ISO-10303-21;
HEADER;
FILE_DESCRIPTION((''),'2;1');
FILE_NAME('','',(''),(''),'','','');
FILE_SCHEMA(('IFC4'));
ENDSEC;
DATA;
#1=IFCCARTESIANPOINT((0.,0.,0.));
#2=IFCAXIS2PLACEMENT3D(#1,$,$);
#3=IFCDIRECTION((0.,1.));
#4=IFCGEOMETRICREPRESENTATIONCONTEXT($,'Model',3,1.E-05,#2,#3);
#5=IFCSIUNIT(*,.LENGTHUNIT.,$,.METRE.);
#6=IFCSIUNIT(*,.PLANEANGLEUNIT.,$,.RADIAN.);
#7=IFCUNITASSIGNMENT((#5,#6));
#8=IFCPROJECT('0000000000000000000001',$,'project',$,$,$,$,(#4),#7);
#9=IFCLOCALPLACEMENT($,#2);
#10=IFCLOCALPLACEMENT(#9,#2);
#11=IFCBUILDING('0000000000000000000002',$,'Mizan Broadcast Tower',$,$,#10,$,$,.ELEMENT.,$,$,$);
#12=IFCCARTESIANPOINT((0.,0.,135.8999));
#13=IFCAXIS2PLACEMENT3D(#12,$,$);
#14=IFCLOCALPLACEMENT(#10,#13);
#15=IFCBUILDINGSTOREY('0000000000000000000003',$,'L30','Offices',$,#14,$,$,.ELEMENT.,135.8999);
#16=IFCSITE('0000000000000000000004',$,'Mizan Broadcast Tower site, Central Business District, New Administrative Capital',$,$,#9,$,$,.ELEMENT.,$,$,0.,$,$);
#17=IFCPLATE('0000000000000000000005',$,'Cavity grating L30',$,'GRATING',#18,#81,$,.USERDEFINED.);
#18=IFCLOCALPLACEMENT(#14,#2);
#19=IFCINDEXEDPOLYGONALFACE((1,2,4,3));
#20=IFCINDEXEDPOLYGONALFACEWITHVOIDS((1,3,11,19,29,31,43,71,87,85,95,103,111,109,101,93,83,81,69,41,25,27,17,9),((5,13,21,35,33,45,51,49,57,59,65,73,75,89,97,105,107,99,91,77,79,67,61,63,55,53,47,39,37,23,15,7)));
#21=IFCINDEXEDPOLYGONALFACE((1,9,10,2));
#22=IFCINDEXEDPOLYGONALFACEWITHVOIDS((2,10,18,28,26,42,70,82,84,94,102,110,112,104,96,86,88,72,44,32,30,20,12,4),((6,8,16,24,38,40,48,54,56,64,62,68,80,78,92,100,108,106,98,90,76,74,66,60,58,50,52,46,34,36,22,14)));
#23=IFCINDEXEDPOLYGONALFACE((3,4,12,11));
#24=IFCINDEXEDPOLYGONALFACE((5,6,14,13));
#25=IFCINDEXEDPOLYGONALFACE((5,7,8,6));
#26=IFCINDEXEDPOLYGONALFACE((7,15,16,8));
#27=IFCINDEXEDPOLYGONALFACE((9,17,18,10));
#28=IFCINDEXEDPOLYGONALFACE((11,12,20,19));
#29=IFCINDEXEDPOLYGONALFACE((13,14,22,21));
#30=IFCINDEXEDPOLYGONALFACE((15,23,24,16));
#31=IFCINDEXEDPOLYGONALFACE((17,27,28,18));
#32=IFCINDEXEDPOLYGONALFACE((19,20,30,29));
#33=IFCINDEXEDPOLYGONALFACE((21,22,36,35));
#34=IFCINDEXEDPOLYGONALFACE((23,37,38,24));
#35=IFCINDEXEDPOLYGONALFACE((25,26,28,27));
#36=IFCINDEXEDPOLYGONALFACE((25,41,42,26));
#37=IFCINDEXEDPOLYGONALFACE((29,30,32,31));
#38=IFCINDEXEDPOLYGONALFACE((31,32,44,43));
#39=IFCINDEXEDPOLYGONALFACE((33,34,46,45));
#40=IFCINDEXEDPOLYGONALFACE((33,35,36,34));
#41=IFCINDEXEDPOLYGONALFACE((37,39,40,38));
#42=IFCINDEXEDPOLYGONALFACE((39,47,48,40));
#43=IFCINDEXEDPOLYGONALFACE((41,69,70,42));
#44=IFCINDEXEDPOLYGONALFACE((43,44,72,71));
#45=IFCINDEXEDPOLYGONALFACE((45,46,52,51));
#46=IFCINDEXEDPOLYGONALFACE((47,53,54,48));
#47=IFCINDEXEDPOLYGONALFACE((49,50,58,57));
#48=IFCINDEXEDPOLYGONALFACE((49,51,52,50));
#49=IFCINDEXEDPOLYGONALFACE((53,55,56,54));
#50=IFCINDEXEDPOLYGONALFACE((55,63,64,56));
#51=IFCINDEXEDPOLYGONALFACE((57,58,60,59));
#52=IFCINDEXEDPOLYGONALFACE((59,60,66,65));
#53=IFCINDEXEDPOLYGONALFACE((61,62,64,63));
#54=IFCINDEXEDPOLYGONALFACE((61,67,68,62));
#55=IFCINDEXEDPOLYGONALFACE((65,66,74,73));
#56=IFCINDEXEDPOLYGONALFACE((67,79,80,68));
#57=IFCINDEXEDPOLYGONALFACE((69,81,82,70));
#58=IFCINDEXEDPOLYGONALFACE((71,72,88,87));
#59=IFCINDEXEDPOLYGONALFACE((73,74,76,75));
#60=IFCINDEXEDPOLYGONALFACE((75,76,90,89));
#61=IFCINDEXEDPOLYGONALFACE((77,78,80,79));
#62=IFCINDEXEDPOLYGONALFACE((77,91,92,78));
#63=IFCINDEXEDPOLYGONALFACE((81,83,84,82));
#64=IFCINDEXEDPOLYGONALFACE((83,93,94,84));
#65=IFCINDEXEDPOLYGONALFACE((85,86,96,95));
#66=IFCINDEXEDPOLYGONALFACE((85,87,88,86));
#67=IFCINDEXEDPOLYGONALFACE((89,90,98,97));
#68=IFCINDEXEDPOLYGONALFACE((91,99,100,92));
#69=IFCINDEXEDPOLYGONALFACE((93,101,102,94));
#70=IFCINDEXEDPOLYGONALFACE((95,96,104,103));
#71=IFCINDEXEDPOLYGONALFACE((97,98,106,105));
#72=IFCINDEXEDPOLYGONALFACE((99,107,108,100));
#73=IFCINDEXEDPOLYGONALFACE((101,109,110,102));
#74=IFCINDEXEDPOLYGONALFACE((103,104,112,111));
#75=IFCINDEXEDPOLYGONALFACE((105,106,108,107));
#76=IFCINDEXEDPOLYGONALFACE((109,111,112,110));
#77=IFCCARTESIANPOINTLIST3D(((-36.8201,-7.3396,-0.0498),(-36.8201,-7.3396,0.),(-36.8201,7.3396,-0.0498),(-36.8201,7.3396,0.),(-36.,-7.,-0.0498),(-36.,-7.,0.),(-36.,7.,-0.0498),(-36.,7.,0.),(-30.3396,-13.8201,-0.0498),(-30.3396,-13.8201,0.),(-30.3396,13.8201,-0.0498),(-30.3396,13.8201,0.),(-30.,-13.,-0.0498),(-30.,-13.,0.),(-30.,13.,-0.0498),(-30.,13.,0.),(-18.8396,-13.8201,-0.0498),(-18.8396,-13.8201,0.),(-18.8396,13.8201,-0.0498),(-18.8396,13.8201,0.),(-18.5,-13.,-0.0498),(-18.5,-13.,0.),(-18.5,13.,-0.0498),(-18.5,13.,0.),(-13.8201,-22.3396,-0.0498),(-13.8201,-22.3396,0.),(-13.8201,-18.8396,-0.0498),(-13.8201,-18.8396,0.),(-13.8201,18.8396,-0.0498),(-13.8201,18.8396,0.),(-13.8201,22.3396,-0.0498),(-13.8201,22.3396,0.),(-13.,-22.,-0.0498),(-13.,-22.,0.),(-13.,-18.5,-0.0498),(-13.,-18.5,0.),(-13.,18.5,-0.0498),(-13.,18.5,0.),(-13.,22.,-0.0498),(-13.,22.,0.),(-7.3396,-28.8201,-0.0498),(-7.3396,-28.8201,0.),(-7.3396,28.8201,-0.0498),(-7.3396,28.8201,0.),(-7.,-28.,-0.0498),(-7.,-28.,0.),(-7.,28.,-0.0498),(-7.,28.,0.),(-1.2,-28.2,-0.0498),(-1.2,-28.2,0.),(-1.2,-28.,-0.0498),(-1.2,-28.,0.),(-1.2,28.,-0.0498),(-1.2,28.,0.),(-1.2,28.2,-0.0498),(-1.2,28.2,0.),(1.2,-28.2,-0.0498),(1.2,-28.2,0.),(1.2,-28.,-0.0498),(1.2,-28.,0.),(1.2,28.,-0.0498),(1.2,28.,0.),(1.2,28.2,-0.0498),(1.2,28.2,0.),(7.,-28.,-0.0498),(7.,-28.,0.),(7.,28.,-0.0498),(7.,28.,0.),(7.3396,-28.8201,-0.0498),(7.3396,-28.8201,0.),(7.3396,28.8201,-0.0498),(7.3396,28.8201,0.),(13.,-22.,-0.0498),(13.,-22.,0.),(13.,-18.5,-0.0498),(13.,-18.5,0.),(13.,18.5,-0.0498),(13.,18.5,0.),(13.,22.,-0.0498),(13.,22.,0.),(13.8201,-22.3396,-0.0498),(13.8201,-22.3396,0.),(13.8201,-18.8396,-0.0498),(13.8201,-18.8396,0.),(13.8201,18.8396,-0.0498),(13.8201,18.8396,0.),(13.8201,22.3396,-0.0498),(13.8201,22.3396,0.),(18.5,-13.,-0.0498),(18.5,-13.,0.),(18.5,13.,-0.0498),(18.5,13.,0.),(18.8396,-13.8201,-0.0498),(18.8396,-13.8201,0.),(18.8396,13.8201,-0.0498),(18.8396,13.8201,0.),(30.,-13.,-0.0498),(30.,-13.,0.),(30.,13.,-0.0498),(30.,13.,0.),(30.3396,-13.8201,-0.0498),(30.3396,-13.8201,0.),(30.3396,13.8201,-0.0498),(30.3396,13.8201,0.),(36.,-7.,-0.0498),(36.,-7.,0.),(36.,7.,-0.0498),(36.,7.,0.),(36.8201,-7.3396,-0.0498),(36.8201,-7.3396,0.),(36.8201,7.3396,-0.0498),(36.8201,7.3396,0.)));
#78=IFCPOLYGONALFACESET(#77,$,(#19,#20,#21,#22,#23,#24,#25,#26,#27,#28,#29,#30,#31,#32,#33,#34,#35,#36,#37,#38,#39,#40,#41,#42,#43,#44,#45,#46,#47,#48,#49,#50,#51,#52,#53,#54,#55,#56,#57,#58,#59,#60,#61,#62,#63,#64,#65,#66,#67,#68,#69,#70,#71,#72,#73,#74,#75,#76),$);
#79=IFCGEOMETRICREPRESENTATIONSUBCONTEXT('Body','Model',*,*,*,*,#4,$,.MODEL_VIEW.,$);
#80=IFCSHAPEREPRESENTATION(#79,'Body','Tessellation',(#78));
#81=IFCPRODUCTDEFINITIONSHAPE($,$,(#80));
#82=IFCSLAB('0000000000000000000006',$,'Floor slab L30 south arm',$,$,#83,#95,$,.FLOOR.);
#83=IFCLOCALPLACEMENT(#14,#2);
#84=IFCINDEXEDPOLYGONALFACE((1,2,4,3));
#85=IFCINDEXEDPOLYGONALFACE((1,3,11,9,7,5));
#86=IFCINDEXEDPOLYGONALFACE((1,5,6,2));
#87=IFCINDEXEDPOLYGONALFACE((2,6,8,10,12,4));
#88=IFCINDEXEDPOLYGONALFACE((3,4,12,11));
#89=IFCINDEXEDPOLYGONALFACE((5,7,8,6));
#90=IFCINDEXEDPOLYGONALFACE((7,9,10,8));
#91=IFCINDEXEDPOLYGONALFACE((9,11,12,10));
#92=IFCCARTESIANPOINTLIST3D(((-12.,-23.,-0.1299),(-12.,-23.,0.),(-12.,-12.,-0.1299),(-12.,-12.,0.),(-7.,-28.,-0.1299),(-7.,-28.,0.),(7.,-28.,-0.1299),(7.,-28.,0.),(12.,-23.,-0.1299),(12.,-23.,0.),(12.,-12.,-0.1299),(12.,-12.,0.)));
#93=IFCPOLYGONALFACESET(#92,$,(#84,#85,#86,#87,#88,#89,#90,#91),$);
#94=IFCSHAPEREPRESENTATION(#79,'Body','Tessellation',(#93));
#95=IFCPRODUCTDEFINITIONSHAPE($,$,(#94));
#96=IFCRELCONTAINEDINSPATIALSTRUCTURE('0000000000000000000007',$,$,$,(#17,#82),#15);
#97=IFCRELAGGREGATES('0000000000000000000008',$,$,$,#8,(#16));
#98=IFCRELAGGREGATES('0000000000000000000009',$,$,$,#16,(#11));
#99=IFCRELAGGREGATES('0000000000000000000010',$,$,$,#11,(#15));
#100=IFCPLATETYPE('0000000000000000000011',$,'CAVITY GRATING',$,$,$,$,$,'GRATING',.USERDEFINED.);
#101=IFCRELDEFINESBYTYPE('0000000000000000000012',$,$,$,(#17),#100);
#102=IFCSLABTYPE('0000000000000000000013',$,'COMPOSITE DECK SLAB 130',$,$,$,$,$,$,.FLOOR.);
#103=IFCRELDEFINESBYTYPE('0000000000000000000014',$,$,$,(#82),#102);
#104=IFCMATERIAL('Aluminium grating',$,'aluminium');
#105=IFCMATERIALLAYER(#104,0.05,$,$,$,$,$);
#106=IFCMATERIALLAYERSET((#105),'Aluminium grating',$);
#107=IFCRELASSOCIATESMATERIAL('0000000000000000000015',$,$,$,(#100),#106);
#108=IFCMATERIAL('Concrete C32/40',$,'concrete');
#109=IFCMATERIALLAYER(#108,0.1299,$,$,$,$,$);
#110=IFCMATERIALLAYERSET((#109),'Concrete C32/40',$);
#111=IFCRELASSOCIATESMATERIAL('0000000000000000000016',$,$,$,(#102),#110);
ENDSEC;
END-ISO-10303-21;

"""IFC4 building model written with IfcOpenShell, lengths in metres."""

from ifc_helpers import new_model, si_unit, direction, frame, origin, place, context, subcontext, project, spatial, polyline, outline, extrude, material, layer, layer_set, type_object, element, save


model = new_model("IFC4")

# Units and contexts
model_context = context("Model", 3, precision=1e-05, world=origin(), true_north=direction((0.0, 1.0)))
body_context = subcontext(model_context, "Body", "Model", "MODEL_VIEW")
ifc_project = project(units=[si_unit("LENGTHUNIT", "METRE"), si_unit("PLANEANGLEUNIT", "RADIAN")], contexts=[model_context])

# Site, building, storey
site_placement = place(None, origin())
site = spatial("IfcSite", under=ifc_project, at=site_placement, Name="Mizan Broadcast Tower site, Central Business District, New Administrative Capital", CompositionType="ELEMENT", RefElevation=0.0)
building_placement = place(site_placement, origin())
building = spatial("IfcBuilding", under=site, at=building_placement, Name="Mizan Broadcast Tower", CompositionType="ELEMENT")
storey_placement = place(building_placement, frame((0.0, 0.0, 135.8999)))
storey = spatial("IfcBuildingStorey", under=building, at=storey_placement, Name="L30", Description="Offices", CompositionType="ELEMENT", Elevation=135.8999)

# Plate
ifc_material_1 = material(Name="Aluminium grating", Category="aluminium")
ifc_layer_1 = layer(ifc_material_1, 0.05)
ifc_layer_set_1 = layer_set([ifc_layer_1], Name="Aluminium grating")
plate_type = type_object("IfcPlateType", Name="CAVITY GRATING", ElementType="GRATING", PredefinedType="USERDEFINED", material=ifc_layer_set_1)
plate_placement = place(storey_placement, frame((0.0, 0.0, -0.0498)))
element("IfcPlate", 1, at=plate_placement, inside=storey, type_object=plate_type, Name="Cavity grating L30", ObjectType="GRATING", PredefinedType="USERDEFINED", context=body_context, shape_type="SweptSolid", body=[
    extrude(outline(polyline([(13.8201, -18.8396), (18.8396, -13.8201), (30.3396, -13.8201), (36.8201, -7.3396), (36.8201, 7.3396), (30.3396, 13.8201), (18.8396, 13.8201), (13.8201, 18.8396), (13.8201, 22.3396), (7.3396, 28.8201), (-7.3396, 28.8201), (-13.8201, 22.3396), (-13.8201, 18.8396), (-18.8396, 13.8201), (-30.3396, 13.8201), (-36.8201, 7.3396), (-36.8201, -7.3396), (-30.3396, -13.8201), (-18.8396, -13.8201), (-13.8201, -18.8396), (-13.8201, -22.3396), (-7.3396, -28.8201), (7.3396, -28.8201), (13.8201, -22.3396), (13.8201, -18.8396)]), holes=[polyline([(36.0, 7.0), (36.0, -7.0), (30.0, -13.0), (18.5, -13.0), (13.0, -18.5), (13.0, -22.0), (7.0, -28.0), (1.2, -28.0), (1.2, -28.2), (-1.2, -28.2), (-1.2, -28.0), (-7.0, -28.0), (-13.0, -22.0), (-13.0, -18.5), (-18.5, -13.0), (-30.0, -13.0), (-36.0, -7.0), (-36.0, 7.0), (-30.0, 13.0), (-18.5, 13.0), (-13.0, 18.5), (-13.0, 22.0), (-7.0, 28.0), (-1.2, 28.0), (-1.2, 28.2), (1.2, 28.2), (1.2, 28.0), (7.0, 28.0), (13.0, 22.0), (13.0, 18.5), (18.5, 13.0), (30.0, 13.0), (36.0, 7.0)])]), origin(), (0.0, 0.0, 1.0), 0.0498),
])

# Slab
ifc_material_2 = material(Name="Concrete C32/40", Category="concrete")
ifc_layer_2 = layer(ifc_material_2, 0.1299)
ifc_layer_set_2 = layer_set([ifc_layer_2], Name="Concrete C32/40")
slab_type_1 = type_object("IfcSlabType", Name="COMPOSITE DECK SLAB 130", PredefinedType="FLOOR", material=ifc_layer_set_2)
slab_1_placement = place(storey_placement, frame((0.0, 0.0, -0.1299)))
element("IfcSlab", 2, at=slab_1_placement, inside=storey, type_object=slab_type_1, Name="Floor slab L30 south arm", PredefinedType="FLOOR", context=body_context, shape_type="SweptSolid", body=[
    extrude(outline(polyline([(7.0, -28.0), (12.0, -23.0), (12.0, -12.0), (-12.0, -12.0), (-12.0, -23.0), (-7.0, -28.0), (7.0, -28.0)])), origin(), (0.0, 0.0, 1.0), 0.1299),
])

save(model, "model.ifc")
